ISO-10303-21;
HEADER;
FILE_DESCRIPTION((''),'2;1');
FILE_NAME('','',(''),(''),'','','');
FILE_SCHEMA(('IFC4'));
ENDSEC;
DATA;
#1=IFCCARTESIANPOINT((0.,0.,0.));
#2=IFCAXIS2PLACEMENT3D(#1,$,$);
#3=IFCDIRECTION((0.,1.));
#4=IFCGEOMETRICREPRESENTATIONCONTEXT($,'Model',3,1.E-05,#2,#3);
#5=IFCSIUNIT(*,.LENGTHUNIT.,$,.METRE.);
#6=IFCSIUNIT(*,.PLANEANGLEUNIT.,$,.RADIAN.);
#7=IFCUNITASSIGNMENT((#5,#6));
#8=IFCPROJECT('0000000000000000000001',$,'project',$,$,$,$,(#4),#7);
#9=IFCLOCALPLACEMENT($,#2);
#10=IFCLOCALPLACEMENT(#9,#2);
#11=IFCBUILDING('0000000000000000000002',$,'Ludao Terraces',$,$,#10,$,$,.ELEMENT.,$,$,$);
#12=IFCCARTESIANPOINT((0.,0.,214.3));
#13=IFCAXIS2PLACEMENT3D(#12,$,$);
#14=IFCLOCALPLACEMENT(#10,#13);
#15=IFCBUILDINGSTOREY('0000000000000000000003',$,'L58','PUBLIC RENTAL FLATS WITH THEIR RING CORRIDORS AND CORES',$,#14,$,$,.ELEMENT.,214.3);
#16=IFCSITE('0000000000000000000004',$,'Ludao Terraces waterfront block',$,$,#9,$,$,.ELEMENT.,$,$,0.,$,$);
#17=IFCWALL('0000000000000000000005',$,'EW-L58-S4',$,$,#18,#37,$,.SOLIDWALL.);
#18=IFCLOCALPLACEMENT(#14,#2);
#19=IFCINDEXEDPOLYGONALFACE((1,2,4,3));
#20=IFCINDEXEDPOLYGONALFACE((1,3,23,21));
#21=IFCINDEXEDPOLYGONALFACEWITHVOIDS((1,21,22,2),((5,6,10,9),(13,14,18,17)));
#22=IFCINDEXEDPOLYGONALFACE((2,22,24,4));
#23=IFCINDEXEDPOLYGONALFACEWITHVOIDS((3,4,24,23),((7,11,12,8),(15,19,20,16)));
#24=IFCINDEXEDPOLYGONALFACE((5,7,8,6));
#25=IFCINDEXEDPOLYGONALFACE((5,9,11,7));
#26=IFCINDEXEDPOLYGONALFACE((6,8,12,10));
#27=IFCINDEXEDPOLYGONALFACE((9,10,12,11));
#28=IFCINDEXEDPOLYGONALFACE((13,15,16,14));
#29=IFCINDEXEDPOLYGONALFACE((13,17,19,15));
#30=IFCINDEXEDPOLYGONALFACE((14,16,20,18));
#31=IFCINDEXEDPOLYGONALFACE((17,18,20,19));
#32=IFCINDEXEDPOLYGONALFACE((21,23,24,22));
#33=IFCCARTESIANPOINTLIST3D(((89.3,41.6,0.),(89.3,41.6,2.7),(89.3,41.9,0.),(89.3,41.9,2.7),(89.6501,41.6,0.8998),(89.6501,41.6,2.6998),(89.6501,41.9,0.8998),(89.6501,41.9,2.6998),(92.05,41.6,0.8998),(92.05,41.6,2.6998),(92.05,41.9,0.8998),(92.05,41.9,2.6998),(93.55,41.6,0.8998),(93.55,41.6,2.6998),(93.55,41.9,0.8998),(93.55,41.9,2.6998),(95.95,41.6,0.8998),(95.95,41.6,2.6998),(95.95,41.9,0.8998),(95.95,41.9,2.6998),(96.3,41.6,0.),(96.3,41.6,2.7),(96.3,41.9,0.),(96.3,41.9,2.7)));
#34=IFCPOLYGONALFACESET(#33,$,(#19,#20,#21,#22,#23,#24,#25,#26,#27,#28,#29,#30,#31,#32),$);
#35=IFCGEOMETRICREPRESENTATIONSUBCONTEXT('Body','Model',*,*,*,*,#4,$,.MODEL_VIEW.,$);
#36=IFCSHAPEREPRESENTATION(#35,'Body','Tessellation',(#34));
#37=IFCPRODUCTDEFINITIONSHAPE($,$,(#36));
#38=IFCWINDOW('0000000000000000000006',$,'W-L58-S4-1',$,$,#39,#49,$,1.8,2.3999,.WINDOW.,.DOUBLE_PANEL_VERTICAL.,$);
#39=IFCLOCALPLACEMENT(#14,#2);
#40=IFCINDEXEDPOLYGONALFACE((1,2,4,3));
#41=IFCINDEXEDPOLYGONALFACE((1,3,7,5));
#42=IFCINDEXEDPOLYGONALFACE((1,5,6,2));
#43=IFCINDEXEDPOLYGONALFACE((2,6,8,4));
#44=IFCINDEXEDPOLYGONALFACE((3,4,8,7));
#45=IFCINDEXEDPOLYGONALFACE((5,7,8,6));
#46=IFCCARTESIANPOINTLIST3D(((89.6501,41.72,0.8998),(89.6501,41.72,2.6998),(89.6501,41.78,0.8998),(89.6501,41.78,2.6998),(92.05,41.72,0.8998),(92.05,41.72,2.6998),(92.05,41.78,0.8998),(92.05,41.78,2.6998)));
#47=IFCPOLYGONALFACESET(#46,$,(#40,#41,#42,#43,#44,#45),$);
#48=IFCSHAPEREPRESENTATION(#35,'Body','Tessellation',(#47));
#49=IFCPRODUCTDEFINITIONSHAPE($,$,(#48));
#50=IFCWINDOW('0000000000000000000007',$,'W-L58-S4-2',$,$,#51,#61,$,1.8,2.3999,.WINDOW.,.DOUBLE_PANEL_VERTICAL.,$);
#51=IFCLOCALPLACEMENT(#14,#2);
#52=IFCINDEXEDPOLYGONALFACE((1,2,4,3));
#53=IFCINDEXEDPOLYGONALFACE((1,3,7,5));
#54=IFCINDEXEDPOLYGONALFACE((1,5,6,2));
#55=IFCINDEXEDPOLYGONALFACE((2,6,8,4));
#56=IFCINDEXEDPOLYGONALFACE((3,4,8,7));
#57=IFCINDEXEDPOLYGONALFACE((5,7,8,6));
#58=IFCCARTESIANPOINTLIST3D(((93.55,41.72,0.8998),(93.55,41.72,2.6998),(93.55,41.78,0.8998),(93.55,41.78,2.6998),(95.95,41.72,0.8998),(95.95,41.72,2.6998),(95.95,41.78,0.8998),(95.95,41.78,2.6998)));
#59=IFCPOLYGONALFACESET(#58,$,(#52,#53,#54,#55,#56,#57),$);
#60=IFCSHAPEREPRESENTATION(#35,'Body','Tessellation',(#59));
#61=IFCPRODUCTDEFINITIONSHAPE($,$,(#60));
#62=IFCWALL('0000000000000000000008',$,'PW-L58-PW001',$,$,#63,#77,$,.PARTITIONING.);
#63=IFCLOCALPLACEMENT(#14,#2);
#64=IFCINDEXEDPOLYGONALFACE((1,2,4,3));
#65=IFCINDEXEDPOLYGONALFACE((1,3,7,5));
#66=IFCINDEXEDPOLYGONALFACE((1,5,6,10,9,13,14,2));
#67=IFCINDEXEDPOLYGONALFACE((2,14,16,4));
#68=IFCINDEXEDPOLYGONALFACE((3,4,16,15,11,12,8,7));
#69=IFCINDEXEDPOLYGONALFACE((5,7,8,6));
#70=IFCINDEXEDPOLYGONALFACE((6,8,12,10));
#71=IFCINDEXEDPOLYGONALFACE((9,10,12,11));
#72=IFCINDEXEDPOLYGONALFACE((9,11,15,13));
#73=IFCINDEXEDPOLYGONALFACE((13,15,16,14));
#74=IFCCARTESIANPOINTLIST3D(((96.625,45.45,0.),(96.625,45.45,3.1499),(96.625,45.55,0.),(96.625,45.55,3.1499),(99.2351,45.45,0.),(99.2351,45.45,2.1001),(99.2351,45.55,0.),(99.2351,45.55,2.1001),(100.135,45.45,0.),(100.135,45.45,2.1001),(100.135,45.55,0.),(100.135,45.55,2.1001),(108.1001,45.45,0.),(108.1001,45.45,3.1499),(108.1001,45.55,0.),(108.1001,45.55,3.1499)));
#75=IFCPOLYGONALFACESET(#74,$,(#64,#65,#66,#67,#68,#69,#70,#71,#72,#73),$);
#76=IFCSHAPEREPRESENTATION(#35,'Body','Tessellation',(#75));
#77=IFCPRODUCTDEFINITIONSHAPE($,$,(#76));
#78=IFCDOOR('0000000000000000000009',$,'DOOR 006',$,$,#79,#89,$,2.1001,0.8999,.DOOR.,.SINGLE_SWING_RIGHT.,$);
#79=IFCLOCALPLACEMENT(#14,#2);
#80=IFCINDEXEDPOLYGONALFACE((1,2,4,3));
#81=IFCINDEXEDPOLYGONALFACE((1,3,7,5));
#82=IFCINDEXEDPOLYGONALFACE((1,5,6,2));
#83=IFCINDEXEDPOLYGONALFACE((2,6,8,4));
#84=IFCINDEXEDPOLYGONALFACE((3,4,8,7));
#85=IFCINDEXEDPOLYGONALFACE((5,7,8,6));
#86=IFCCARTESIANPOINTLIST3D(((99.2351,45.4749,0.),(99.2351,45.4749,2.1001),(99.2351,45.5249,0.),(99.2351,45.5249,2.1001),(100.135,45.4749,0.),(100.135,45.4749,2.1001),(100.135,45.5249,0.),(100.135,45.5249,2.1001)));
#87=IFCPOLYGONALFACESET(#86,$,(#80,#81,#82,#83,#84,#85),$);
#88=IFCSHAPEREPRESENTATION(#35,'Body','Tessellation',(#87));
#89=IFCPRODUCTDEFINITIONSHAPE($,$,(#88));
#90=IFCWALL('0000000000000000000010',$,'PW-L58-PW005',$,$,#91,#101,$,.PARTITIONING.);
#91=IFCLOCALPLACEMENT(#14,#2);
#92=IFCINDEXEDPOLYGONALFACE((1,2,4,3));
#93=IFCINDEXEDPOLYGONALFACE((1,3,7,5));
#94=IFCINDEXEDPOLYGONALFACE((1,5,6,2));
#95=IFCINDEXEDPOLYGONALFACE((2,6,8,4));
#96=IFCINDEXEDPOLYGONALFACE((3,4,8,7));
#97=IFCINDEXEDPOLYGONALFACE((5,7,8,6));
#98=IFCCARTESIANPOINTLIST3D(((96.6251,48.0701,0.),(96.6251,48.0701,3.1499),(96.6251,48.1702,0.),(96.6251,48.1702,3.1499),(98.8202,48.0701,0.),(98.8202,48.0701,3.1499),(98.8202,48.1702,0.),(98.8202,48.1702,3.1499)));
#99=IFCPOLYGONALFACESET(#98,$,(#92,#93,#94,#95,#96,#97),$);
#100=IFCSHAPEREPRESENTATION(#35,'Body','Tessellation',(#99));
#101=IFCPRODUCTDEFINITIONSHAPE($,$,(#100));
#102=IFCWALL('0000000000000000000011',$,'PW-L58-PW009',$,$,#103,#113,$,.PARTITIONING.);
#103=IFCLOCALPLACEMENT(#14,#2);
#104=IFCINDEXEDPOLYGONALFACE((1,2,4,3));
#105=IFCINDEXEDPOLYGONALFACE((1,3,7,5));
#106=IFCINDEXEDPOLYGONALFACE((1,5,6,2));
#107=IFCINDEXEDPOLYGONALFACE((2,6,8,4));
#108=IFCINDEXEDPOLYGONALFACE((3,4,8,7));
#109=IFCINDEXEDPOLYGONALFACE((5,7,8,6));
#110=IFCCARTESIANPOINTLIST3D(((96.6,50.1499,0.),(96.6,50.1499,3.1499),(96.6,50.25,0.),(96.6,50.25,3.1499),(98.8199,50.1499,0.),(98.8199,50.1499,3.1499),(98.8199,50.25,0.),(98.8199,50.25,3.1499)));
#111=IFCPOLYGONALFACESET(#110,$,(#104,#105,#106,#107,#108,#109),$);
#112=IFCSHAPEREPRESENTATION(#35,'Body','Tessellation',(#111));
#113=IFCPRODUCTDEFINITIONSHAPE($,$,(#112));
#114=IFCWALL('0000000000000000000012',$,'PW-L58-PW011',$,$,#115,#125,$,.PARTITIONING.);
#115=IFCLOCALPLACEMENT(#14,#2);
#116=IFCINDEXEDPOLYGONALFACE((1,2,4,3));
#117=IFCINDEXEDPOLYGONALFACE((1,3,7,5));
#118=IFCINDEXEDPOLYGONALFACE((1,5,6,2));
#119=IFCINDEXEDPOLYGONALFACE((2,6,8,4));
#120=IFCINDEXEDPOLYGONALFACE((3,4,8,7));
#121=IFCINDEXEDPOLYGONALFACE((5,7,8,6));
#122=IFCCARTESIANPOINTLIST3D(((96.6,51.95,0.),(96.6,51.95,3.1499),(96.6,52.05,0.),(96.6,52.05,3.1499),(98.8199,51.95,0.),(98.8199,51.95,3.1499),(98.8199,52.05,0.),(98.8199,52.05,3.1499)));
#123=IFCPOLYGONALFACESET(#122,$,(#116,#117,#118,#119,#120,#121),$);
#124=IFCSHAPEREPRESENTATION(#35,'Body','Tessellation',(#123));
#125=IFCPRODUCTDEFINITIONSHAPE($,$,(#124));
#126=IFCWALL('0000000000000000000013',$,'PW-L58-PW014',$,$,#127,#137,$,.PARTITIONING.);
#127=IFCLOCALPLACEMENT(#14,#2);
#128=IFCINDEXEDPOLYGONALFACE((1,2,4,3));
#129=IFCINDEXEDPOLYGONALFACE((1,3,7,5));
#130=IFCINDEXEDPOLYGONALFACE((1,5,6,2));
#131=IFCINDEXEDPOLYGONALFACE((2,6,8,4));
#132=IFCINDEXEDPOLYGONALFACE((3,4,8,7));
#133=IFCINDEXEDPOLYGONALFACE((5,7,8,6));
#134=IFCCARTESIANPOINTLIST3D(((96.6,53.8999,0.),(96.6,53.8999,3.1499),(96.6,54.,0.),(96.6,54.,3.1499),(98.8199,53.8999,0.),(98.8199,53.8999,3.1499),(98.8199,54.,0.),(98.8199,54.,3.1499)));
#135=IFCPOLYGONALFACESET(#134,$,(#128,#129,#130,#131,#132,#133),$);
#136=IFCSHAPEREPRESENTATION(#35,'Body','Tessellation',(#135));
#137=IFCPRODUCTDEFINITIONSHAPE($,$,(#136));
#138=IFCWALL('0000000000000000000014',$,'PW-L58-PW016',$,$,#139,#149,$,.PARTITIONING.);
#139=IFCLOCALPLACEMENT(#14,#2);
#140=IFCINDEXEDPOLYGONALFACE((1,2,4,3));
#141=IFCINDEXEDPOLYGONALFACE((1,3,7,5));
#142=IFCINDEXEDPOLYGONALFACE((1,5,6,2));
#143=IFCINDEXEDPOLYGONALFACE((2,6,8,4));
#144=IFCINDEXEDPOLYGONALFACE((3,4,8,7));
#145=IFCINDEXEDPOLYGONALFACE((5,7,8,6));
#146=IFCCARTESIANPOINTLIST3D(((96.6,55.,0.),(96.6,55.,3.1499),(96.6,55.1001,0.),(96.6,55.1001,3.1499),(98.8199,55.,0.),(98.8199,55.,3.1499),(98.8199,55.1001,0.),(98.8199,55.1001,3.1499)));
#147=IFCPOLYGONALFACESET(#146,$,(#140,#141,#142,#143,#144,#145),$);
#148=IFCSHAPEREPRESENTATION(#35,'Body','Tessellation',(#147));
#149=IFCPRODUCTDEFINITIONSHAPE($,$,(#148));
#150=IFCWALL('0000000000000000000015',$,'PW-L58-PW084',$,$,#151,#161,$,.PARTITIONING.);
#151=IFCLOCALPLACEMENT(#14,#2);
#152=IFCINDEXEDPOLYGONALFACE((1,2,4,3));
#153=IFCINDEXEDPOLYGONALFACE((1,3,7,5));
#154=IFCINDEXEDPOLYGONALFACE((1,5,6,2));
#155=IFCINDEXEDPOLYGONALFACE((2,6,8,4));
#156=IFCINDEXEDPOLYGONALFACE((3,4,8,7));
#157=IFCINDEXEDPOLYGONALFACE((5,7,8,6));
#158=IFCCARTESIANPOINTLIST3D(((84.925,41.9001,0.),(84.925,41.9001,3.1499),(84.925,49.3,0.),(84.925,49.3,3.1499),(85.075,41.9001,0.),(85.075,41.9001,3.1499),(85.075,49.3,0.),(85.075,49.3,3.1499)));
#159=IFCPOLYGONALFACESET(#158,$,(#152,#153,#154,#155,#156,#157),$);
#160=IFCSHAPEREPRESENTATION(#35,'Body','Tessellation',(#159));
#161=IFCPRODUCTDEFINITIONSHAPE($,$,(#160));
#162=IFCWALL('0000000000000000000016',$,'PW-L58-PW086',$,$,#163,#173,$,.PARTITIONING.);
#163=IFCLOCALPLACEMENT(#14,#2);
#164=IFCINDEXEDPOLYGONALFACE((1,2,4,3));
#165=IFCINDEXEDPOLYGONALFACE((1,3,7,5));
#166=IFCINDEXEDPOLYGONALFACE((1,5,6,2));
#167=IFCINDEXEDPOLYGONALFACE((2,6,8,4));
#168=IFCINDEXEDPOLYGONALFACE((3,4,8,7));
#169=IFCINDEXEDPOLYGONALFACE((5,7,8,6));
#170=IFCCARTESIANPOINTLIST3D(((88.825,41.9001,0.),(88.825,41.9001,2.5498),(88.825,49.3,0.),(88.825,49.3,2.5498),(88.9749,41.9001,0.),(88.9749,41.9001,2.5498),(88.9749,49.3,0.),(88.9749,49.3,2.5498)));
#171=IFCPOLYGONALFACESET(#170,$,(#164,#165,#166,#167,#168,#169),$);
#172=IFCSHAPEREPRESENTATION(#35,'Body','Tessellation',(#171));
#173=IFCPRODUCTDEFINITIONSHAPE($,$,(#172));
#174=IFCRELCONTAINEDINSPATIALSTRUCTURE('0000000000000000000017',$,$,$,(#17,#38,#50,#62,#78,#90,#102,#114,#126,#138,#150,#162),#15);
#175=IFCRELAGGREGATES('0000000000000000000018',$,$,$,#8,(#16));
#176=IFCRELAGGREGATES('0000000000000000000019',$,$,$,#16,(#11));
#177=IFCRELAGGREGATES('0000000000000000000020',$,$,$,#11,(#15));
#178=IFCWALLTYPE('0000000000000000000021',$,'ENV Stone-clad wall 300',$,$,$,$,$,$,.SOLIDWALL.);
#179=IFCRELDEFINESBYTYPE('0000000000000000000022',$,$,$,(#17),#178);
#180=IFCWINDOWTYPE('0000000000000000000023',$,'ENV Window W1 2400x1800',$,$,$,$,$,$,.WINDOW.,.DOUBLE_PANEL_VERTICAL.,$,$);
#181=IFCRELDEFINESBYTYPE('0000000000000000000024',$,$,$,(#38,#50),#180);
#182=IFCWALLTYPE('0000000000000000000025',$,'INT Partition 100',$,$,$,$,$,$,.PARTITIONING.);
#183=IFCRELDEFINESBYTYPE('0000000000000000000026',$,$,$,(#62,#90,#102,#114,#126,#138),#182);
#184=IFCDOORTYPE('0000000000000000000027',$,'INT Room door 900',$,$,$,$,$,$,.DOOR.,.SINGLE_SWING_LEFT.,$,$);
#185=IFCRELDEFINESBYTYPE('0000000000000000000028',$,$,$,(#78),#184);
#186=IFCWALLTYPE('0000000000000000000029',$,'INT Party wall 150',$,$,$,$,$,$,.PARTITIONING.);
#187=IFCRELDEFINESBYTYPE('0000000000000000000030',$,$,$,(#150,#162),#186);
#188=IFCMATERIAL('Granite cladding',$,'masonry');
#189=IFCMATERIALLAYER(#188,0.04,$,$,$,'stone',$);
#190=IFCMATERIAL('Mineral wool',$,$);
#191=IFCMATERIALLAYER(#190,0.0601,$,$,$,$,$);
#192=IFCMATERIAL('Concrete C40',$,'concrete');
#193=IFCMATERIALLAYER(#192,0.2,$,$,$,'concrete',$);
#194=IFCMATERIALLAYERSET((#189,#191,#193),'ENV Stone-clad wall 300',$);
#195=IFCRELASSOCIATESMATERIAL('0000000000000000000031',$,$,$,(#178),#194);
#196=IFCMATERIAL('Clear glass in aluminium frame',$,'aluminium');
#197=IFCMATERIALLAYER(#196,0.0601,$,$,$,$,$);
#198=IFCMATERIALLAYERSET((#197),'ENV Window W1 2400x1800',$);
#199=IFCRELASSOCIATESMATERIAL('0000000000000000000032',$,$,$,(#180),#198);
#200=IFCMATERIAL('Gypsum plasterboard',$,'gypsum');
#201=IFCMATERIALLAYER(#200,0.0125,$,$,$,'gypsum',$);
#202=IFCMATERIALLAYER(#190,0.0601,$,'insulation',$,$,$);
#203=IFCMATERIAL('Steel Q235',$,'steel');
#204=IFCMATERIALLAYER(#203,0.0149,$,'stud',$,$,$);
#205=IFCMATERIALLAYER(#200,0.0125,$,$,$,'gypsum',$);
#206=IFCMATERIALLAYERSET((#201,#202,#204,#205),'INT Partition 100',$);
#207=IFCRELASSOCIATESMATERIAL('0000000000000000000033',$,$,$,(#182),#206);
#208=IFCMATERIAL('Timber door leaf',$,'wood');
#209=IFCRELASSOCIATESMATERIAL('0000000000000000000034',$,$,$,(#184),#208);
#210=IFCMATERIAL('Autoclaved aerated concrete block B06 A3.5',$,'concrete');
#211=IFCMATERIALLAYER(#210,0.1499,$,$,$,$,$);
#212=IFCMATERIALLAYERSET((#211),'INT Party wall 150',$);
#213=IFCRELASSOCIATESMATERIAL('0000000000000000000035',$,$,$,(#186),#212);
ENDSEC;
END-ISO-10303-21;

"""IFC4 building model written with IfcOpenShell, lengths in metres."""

from ifc_helpers import new_model, si_unit, direction, frame, frame_2d, origin, place, context, subcontext, project, spatial, rectangle, extrude, material, layer, layer_set, type_object, element, fill, save


model = new_model("IFC4")

# Units and contexts
model_context = context("Model", 3, precision=1e-05, world=origin(), true_north=direction((0.0, 1.0)))
body_context = subcontext(model_context, "Body", "Model", "MODEL_VIEW")
ifc_project = project(units=[si_unit("LENGTHUNIT", "METRE"), si_unit("PLANEANGLEUNIT", "RADIAN")], contexts=[model_context])

# Site, building, storey
site_placement = place(None, origin())
site = spatial("IfcSite", under=ifc_project, at=site_placement, Name="Ludao Terraces waterfront block", CompositionType="ELEMENT", RefElevation=0.0)
building_placement = place(site_placement, origin())
building = spatial("IfcBuilding", under=site, at=building_placement, Name="Ludao Terraces", CompositionType="ELEMENT")
storey_placement = place(building_placement, frame((0.0, 0.0, 214.3)))
storey = spatial("IfcBuildingStorey", under=building, at=storey_placement, Name="L58", Description="PUBLIC RENTAL FLATS WITH THEIR RING CORRIDORS AND CORES", CompositionType="ELEMENT", Elevation=214.3)

# Shared definitions
ifc_material_1 = material(Name="Concrete C40", Category="concrete")

# Shared definitions
ifc_material_2 = material(Name="Steel Q235", Category="steel")

# Wall, openings, windows
ifc_material_3 = material(Name="Granite cladding", Category="masonry")
ifc_layer_1 = layer(ifc_material_3, 0.04, Category="stone")
ifc_material_4 = material(Name="Mineral wool")
ifc_layer_2 = layer(ifc_material_4, 0.0601)
ifc_layer_3 = layer(ifc_material_1, 0.2, Category="concrete")
ifc_layer_set_1 = layer_set([ifc_layer_1, ifc_layer_2, ifc_layer_3], Name="ENV Stone-clad wall 300")
wall_type_1 = type_object("IfcWallType", Name="ENV Stone-clad wall 300", PredefinedType="SOLIDWALL", material=ifc_layer_set_1)
wall_1_placement = place(storey_placement, frame((89.3, 41.75, 0.0), z_axis=(0.0, 0.0, 1.0), x_axis=(1.0, 0.0, 0.0)))
wall_1 = element("IfcWall", 1, at=wall_1_placement, inside=storey, type_object=wall_type_1, Name="EW-L58-S4", PredefinedType="SOLIDWALL", context=body_context, shape_type="SweptSolid", body=[
    extrude(rectangle(XDim=7.0, YDim=0.3, at=frame_2d((3.5, 0.0))), origin(), (0.0, 0.0, 1.0), 2.7),
])
opening_1_placement = place(wall_1_placement, frame((0.3501, 0.0, 0.8999)))
opening_1 = element("IfcOpeningElement", 2, at=opening_1_placement, cuts=wall_1, PredefinedType="OPENING", context=body_context, shape_type="SweptSolid", body=[
    extrude(rectangle(XDim=2.3999, YDim=1.8, at=frame_2d((1.2, 0.8999))), frame((0.0, 0.1602, 0.0), z_axis=(0.0, -1.0, 0.0), x_axis=(1.0, 0.0, 0.0)), (0.0, 0.0, 1.0), 0.3201),
])
opening_2_placement = place(wall_1_placement, frame((4.25, 0.0, 0.8999)))
opening_2 = element("IfcOpeningElement", 3, at=opening_2_placement, cuts=wall_1, PredefinedType="OPENING", context=body_context, shape_type="SweptSolid", body=[
    extrude(rectangle(XDim=2.3999, YDim=1.8, at=frame_2d((1.2, 0.8999))), frame((0.0, 0.1602, 0.0), z_axis=(0.0, -1.0, 0.0), x_axis=(1.0, 0.0, 0.0)), (0.0, 0.0, 1.0), 0.3201),
])
ifc_material_5 = material(Name="Clear glass in aluminium frame", Category="aluminium")
ifc_layer_4 = layer(ifc_material_5, 0.0601)
ifc_layer_set_2 = layer_set([ifc_layer_4], Name="ENV Window W1 2400x1800")
window_type = type_object("IfcWindowType", Name="ENV Window W1 2400x1800", PartitioningType="DOUBLE_PANEL_VERTICAL", PredefinedType="WINDOW", material=ifc_layer_set_2)
window_1_placement = place(opening_1_placement, origin())
window_1 = element("IfcWindow", 4, at=window_1_placement, inside=storey, type_object=window_type, Name="W-L58-S4-1", OverallHeight=1.8, OverallWidth=2.3999, PartitioningType="DOUBLE_PANEL_VERTICAL", PredefinedType="WINDOW", context=body_context, shape_type="SweptSolid", body=[
    extrude(rectangle(XDim=2.3999, YDim=1.8, at=frame_2d((1.2, 0.8999))), frame((0.0, 0.03, 0.0), z_axis=(0.0, -1.0, 0.0), x_axis=(1.0, 0.0, 0.0)), (0.0, 0.0, 1.0), 0.0601),
])
fill(opening_1, window_1)
window_2_placement = place(opening_2_placement, origin())
window_2 = element("IfcWindow", 5, at=window_2_placement, inside=storey, type_object=window_type, Name="W-L58-S4-2", OverallHeight=1.8, OverallWidth=2.3999, PartitioningType="DOUBLE_PANEL_VERTICAL", PredefinedType="WINDOW", context=body_context, shape_type="SweptSolid", body=[
    extrude(rectangle(XDim=2.3999, YDim=1.8, at=frame_2d((1.2, 0.8999))), frame((0.0, 0.03, 0.0), z_axis=(0.0, -1.0, 0.0), x_axis=(1.0, 0.0, 0.0)), (0.0, 0.0, 1.0), 0.0601),
])
fill(opening_2, window_2)

# Wall, opening, door
ifc_material_6 = material(Name="Gypsum plasterboard", Category="gypsum")
ifc_layer_5 = layer(ifc_material_6, 0.0125, Category="gypsum")
ifc_layer_6 = layer(ifc_material_4, 0.0601, Name="insulation")
ifc_layer_7 = layer(ifc_material_2, 0.0149, Name="stud")
ifc_layer_8 = layer(ifc_material_6, 0.0125, Category="gypsum")
ifc_layer_set_3 = layer_set([ifc_layer_5, ifc_layer_6, ifc_layer_7, ifc_layer_8], Name="INT Partition 100")
wall_type_2 = type_object("IfcWallType", Name="INT Partition 100", PredefinedType="PARTITIONING", material=ifc_layer_set_3)
wall_2_placement = place(storey_placement, frame((96.625, 45.5, 0.0), z_axis=(0.0, 0.0, 1.0), x_axis=(1.0, 0.0, 0.0)))
wall_2 = element("IfcWall", 6, at=wall_2_placement, inside=storey, type_object=wall_type_2, Name="PW-L58-PW001", PredefinedType="PARTITIONING", context=body_context, shape_type="SweptSolid", body=[
    extrude(rectangle(XDim=11.4751, YDim=0.1001, at=frame_2d((5.7375, 0.0))), origin(), (0.0, 0.0, 1.0), 3.1499),
])
opening_3_placement = place(wall_2_placement, frame((2.6101, 0.0, 0.0)))
opening_3 = element("IfcOpeningElement", 7, at=opening_3_placement, cuts=wall_2, PredefinedType="OPENING", context=body_context, shape_type="SweptSolid", body=[
    extrude(rectangle(XDim=0.8999, YDim=2.1001, at=frame_2d((0.45, 1.05))), frame((0.0, 0.0601, 0.0), z_axis=(0.0, -1.0, 0.0), x_axis=(1.0, 0.0, 0.0)), (0.0, 0.0, 1.0), 0.1201),
])
ifc_material_7 = material(Name="Timber door leaf", Category="wood")
door_type_1 = type_object("IfcDoorType", Name="INT Room door 900", OperationType="SINGLE_SWING_LEFT", PredefinedType="DOOR", material=ifc_material_7)
door_1_placement = place(opening_3_placement, origin())
door_1 = element("IfcDoor", 8, at=door_1_placement, inside=storey, type_object=door_type_1, Name="DOOR 006", OperationType="SINGLE_SWING_RIGHT", OverallHeight=2.1001, OverallWidth=0.8999, PredefinedType="DOOR", context=body_context, shape_type="SweptSolid", body=[
    extrude(rectangle(XDim=0.8999, YDim=2.1001, at=frame_2d((0.45, 1.05))), frame((0.0, 0.0249, 0.0), z_axis=(0.0, -1.0, 0.0), x_axis=(1.0, 0.0, 0.0)), (0.0, 0.0, 1.0), 0.05),
])
fill(opening_3, door_1)

# Walls
wall_3_placement = place(storey_placement, frame((96.625, 48.1201, 0.0), z_axis=(0.0, 0.0, 1.0), x_axis=(1.0, 0.0, 0.0)))
element("IfcWall", 9, at=wall_3_placement, inside=storey, type_object=wall_type_2, Name="PW-L58-PW005", PredefinedType="PARTITIONING", context=body_context, shape_type="SweptSolid", body=[
    extrude(rectangle(XDim=2.1951, YDim=0.1001, at=frame_2d((1.0977, 0.0))), origin(), (0.0, 0.0, 1.0), 3.1499),
])
for number, where, z_axis, x_axis, name in (
    (10, (96.6001, 50.2, 0.0), (0.0, 0.0, 1.0), (1.0, 0.0, 0.0), "PW-L58-PW009"),
    (11, (96.6001, 52.0, 0.0), (0.0, 0.0, 1.0), (1.0, 0.0, 0.0), "PW-L58-PW011"),
    (12, (96.6001, 53.95, 0.0), (0.0, 0.0, 1.0), (1.0, 0.0, 0.0), "PW-L58-PW014"),
    (13, (96.6001, 55.05, 0.0), (0.0, 0.0, 1.0), (1.0, 0.0, 0.0), "PW-L58-PW016"),
):
    element("IfcWall", number, at=place(storey_placement, frame(where, z_axis=z_axis, x_axis=x_axis)), inside=storey, type_object=wall_type_2, Name=name, PredefinedType="PARTITIONING", context=body_context, shape_type="SweptSolid", body=[
        extrude(rectangle(XDim=2.22, YDim=0.1001, at=frame_2d((1.1099, 0.0))), origin(), (0.0, 0.0, 1.0), 3.1499),
    ])
ifc_material_8 = material(Name="Autoclaved aerated concrete block B06 A3.5", Category="concrete")
ifc_layer_9 = layer(ifc_material_8, 0.1499)
ifc_layer_set_4 = layer_set([ifc_layer_9], Name="INT Party wall 150")
wall_type_3 = type_object("IfcWallType", Name="INT Party wall 150", PredefinedType="PARTITIONING", material=ifc_layer_set_4)
wall_4_placement = place(storey_placement, frame((85.0, 41.9001, 0.0), z_axis=(0.0, 0.0, 1.0), x_axis=(0.0, 1.0, 0.0)))
element("IfcWall", 14, at=wall_4_placement, inside=storey, type_object=wall_type_3, Name="PW-L58-PW084", PredefinedType="PARTITIONING", context=body_context, shape_type="SweptSolid", body=[
    extrude(rectangle(XDim=7.3999, YDim=0.1499, at=frame_2d((3.7, 0.0))), origin(), (0.0, 0.0, 1.0), 3.1499),
])
wall_5_placement = place(storey_placement, frame((88.8999, 41.9001, 0.0), z_axis=(0.0, 0.0, 1.0), x_axis=(0.0, 1.0, 0.0)))
element("IfcWall", 15, at=wall_5_placement, inside=storey, type_object=wall_type_3, Name="PW-L58-PW086", PredefinedType="PARTITIONING", context=body_context, shape_type="SweptSolid", body=[
    extrude(rectangle(XDim=7.3999, YDim=0.1499, at=frame_2d((3.7, 0.0))), origin(), (0.0, 0.0, 1.0), 2.5498),
])

save(model, "model.ifc")
